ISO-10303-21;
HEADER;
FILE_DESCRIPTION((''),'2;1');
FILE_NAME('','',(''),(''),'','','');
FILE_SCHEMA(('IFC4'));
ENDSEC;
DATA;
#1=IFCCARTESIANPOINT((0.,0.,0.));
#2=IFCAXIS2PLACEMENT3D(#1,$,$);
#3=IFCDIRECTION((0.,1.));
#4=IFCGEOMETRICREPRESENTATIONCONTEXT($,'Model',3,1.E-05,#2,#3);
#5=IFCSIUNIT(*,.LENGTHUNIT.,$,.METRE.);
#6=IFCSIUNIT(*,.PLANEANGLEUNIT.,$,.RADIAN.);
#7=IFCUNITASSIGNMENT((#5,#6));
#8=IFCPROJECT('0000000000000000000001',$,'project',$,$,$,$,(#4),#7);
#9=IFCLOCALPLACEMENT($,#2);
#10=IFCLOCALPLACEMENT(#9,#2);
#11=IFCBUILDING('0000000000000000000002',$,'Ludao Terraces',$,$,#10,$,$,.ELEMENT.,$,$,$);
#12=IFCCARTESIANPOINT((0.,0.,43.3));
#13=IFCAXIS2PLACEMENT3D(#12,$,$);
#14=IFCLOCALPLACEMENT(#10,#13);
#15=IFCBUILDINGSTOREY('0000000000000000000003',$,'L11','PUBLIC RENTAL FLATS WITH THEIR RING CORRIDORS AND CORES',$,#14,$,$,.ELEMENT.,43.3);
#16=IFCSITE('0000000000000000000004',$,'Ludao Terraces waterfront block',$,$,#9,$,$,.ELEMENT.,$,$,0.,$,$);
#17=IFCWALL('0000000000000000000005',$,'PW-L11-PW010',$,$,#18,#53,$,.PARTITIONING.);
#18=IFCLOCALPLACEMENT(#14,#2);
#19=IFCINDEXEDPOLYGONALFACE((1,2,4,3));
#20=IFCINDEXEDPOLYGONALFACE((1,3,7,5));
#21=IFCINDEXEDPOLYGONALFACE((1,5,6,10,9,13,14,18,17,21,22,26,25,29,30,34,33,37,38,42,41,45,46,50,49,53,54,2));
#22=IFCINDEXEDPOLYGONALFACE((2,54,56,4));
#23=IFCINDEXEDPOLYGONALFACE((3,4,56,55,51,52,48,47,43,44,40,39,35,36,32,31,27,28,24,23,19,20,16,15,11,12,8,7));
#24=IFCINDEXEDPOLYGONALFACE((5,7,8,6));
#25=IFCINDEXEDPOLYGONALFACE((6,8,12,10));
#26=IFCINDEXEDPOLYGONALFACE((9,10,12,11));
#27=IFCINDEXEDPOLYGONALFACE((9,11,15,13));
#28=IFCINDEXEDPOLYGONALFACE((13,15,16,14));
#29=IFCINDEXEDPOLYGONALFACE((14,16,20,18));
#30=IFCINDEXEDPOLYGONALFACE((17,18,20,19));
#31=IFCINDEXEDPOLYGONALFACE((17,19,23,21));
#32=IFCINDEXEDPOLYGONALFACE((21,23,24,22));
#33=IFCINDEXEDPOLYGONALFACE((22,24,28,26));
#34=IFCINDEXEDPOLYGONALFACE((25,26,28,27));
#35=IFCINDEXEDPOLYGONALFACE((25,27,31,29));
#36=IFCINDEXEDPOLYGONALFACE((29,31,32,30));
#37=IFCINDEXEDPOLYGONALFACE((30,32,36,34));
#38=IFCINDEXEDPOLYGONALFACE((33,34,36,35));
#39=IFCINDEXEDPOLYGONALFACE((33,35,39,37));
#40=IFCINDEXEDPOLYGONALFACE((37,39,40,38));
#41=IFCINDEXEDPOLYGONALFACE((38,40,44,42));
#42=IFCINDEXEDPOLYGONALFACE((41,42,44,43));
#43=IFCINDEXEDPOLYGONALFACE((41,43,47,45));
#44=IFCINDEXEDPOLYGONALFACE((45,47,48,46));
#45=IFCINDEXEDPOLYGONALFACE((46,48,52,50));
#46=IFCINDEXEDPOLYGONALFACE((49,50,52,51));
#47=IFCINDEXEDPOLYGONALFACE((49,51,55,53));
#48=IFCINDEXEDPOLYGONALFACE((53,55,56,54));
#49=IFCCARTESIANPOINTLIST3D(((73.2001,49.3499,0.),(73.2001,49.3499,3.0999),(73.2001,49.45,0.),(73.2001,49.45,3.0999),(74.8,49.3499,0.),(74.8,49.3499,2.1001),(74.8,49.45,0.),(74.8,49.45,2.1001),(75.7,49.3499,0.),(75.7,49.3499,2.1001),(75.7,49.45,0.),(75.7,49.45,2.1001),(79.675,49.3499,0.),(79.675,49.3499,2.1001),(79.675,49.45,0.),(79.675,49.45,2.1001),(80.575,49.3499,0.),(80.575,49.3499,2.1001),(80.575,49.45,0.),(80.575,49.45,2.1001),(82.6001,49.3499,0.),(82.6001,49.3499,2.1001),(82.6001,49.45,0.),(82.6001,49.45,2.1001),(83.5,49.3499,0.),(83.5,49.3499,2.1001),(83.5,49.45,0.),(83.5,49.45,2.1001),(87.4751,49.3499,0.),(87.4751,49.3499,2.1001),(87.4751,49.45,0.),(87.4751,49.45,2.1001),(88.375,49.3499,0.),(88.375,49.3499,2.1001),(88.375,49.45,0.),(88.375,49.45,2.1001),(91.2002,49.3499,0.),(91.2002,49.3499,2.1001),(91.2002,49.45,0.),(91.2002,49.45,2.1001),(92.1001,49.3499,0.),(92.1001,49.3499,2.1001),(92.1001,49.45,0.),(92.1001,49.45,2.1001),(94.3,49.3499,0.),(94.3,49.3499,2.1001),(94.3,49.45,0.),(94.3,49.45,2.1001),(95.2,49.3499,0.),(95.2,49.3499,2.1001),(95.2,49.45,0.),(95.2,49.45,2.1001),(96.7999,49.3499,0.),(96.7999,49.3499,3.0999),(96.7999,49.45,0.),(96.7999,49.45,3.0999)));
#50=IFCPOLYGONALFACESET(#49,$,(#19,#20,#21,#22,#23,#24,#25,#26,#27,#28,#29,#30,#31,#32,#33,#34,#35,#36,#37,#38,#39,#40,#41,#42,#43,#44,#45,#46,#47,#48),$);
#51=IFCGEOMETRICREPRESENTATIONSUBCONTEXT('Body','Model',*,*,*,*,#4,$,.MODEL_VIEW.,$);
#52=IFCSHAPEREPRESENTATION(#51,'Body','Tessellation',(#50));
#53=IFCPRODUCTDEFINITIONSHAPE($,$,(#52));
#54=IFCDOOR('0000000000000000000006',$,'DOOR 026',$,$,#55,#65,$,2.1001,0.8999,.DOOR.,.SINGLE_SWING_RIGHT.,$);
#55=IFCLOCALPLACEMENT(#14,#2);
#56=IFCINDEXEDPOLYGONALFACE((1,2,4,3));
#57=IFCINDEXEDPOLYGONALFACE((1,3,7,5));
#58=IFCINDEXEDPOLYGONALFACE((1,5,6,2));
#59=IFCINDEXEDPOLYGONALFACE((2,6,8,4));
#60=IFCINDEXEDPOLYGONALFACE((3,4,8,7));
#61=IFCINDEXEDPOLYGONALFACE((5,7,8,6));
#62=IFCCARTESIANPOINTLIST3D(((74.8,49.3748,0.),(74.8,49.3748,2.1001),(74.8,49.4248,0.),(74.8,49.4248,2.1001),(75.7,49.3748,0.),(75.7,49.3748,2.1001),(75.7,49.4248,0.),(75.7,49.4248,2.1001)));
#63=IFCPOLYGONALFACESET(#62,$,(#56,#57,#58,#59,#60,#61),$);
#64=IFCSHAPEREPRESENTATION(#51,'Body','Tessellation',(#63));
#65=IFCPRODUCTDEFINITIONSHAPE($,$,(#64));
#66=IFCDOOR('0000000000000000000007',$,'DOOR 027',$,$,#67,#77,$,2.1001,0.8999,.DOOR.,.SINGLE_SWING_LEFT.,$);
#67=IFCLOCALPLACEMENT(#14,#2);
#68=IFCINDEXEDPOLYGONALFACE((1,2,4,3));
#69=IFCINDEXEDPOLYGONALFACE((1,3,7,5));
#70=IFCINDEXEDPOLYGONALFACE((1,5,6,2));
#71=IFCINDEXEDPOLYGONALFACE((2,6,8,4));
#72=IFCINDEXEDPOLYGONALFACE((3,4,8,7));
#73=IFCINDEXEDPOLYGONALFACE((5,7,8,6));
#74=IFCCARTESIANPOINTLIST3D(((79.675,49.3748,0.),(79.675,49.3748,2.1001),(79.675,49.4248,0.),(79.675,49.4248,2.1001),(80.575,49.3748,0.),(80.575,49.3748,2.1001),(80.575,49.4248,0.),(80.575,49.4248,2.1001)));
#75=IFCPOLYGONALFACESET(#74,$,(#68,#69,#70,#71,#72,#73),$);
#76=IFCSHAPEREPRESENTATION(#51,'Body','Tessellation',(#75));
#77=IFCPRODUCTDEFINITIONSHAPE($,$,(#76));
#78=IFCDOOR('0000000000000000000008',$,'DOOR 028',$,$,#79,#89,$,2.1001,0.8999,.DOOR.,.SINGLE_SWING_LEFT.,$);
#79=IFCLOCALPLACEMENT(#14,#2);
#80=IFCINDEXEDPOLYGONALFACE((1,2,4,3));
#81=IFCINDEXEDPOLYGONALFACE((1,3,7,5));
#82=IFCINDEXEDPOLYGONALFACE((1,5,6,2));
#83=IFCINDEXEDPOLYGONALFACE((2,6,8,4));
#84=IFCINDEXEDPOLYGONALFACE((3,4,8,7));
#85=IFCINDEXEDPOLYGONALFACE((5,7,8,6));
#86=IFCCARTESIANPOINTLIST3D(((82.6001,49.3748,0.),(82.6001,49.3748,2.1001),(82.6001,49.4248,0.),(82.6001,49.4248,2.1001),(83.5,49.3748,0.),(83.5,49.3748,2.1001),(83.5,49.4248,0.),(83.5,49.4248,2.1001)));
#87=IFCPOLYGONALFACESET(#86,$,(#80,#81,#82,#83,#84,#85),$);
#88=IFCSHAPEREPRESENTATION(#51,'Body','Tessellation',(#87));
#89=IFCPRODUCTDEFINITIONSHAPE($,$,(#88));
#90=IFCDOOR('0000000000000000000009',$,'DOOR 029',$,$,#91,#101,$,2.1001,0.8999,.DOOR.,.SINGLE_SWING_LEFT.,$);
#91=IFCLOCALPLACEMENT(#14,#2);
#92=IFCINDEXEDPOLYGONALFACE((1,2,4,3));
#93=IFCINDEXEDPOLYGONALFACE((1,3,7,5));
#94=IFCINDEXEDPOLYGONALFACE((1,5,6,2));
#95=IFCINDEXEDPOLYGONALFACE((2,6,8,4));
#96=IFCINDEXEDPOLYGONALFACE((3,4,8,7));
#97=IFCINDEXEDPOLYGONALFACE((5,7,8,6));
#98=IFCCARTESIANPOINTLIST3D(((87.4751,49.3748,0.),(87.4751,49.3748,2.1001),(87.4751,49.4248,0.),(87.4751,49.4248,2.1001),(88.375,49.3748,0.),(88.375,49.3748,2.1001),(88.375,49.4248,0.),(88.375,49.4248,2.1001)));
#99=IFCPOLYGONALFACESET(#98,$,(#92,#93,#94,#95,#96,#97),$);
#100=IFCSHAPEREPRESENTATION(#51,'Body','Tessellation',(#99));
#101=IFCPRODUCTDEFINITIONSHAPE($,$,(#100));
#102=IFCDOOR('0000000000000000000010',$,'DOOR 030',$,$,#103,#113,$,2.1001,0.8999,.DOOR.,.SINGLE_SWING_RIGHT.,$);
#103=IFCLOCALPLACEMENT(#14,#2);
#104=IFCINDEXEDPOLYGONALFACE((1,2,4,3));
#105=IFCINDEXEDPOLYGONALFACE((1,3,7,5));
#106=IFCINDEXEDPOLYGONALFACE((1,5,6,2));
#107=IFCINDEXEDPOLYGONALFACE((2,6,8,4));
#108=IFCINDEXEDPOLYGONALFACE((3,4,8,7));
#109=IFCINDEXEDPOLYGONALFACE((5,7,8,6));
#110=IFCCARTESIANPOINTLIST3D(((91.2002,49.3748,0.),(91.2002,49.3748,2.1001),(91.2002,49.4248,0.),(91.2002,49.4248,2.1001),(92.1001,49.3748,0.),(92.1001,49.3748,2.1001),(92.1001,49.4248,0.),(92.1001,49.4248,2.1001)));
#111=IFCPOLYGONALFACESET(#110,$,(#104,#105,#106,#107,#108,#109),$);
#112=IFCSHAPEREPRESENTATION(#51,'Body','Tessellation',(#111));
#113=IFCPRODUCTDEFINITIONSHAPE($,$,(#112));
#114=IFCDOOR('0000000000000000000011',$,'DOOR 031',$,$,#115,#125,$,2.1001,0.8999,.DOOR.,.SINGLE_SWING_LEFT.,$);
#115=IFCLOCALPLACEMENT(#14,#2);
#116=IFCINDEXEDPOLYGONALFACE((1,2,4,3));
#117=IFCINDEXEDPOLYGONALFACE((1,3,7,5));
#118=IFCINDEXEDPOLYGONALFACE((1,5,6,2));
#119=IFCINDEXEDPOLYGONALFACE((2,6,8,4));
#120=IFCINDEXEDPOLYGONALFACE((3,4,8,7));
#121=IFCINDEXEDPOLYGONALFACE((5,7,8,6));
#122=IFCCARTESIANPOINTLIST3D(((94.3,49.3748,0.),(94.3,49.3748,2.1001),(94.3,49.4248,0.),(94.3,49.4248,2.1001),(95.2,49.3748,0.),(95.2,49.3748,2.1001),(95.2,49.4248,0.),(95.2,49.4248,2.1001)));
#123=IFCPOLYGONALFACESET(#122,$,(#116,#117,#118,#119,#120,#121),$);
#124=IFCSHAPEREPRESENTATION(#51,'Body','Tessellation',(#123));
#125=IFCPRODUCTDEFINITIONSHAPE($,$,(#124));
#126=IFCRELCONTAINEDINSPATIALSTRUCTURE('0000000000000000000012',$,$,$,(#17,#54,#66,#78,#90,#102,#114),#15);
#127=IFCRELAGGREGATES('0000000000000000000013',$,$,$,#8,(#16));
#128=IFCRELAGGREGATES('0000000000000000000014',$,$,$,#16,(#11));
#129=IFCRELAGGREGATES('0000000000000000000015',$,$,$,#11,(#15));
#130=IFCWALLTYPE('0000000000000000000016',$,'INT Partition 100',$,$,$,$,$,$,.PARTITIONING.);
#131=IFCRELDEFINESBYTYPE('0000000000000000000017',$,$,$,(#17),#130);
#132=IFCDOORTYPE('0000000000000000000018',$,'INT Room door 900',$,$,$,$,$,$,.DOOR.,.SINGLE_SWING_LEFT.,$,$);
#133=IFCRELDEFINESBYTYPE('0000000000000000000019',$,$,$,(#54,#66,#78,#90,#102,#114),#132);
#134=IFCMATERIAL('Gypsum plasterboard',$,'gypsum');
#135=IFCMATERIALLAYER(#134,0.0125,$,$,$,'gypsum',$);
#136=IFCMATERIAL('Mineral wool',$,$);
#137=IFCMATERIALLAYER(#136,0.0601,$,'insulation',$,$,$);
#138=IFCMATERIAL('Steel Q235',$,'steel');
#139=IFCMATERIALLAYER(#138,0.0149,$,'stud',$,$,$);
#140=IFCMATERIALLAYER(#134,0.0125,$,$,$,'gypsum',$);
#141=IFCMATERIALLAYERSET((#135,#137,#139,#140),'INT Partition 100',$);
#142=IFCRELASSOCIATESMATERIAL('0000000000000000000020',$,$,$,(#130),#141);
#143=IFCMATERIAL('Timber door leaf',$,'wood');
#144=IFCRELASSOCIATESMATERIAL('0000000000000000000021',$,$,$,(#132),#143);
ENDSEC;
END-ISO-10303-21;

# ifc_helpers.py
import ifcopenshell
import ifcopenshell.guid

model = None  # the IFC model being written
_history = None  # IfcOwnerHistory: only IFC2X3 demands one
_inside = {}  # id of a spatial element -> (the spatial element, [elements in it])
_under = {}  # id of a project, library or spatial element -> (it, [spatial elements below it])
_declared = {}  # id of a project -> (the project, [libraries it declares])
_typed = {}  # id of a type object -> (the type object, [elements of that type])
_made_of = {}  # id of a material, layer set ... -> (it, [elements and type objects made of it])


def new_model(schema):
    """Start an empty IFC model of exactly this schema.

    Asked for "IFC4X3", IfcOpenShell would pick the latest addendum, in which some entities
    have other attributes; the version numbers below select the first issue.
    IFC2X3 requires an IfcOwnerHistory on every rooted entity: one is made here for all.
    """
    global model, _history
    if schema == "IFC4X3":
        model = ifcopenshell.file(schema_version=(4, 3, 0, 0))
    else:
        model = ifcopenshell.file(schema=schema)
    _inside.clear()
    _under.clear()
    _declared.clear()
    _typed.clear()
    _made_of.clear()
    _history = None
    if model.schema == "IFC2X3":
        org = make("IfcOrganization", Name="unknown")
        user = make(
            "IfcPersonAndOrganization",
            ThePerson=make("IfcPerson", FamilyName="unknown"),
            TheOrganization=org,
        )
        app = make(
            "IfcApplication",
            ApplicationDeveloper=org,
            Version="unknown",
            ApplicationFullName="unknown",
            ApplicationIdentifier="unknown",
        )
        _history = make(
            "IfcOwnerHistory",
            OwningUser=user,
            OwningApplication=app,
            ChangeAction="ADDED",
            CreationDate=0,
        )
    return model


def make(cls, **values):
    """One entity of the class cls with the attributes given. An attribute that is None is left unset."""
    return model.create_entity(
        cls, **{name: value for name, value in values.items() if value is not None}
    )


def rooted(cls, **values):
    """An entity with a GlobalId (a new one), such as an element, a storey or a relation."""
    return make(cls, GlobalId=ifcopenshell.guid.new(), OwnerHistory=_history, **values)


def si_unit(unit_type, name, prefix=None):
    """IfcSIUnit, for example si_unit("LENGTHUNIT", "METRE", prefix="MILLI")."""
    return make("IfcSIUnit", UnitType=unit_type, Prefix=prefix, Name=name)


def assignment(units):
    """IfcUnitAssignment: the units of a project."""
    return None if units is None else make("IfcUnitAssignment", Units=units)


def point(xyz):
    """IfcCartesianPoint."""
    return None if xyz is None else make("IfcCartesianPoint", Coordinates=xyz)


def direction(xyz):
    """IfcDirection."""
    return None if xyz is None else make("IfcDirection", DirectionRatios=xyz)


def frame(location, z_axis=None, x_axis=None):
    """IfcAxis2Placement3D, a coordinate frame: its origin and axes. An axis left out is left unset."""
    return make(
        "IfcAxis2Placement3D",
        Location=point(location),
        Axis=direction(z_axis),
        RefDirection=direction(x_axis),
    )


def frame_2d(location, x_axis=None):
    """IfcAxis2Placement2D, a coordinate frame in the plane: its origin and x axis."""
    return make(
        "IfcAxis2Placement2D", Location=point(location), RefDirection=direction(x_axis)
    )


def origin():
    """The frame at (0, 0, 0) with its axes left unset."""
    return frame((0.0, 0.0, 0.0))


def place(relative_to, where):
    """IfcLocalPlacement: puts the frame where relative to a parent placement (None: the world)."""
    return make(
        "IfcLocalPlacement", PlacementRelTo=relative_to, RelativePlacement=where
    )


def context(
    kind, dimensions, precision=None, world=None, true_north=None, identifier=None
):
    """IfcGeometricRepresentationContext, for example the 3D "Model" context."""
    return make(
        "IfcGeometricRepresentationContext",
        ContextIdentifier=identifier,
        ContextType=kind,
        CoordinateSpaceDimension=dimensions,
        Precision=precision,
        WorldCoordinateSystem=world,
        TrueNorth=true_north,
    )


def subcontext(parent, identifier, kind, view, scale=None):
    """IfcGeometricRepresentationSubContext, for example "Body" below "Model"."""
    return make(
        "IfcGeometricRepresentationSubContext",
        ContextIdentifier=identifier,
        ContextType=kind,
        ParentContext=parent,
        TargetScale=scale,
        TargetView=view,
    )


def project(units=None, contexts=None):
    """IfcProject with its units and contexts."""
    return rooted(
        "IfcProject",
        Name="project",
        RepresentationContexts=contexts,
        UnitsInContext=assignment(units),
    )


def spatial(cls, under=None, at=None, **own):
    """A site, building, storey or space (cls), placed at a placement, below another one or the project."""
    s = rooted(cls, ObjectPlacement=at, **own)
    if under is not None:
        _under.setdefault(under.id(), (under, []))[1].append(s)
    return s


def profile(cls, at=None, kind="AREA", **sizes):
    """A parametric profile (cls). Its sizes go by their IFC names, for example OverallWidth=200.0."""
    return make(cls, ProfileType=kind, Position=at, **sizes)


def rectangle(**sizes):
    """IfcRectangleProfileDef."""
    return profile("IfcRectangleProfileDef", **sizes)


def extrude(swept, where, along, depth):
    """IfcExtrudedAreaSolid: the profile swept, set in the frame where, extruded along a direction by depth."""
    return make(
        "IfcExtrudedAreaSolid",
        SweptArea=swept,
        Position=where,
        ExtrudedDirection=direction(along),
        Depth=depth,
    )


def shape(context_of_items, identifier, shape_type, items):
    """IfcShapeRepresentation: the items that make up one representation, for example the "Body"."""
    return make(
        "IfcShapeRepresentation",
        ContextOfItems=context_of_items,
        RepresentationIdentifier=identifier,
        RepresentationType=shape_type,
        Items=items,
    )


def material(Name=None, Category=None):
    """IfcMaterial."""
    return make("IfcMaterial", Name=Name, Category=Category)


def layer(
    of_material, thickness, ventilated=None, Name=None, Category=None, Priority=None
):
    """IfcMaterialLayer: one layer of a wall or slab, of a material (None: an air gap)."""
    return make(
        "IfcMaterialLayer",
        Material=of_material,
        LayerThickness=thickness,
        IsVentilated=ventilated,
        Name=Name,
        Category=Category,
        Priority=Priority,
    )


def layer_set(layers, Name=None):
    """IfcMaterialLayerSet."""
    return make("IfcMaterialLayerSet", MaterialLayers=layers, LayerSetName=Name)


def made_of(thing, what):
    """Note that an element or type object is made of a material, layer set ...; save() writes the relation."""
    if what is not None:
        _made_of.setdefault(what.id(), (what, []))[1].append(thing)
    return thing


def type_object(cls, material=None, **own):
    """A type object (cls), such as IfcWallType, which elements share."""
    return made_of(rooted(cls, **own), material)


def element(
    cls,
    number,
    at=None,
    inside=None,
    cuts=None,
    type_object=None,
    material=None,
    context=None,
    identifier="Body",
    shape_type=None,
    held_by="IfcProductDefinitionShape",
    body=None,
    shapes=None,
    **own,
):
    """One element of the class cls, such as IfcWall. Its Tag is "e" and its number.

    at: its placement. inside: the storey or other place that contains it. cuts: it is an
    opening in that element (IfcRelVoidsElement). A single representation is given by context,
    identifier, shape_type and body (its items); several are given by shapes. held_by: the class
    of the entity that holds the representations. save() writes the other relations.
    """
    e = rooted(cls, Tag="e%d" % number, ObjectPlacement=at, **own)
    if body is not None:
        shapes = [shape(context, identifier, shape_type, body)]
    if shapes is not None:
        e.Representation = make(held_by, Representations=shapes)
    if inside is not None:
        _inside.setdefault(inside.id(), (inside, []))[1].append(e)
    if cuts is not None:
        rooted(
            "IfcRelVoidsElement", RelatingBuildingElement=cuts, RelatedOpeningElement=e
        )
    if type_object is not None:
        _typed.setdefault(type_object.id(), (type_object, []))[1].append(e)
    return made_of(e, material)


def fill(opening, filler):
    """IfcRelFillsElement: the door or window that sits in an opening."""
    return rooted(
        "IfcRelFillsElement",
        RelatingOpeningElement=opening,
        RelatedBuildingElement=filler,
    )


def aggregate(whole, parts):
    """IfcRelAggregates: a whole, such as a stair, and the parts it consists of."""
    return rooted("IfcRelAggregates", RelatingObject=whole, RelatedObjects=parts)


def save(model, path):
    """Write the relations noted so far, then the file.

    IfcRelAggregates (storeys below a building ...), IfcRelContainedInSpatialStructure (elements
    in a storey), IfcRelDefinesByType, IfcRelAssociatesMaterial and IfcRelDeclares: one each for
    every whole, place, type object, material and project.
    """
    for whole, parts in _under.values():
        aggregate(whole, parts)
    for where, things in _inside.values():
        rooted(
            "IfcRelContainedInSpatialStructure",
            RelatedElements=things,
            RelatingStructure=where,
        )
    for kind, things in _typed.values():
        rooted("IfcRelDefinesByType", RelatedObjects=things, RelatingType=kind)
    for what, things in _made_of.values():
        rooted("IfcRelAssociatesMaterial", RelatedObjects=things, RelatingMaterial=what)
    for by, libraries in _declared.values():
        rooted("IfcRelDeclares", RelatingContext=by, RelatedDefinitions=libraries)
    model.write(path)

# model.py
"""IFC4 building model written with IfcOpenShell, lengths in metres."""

from ifc_helpers import new_model, si_unit, direction, frame, frame_2d, origin, place, context, subcontext, project, spatial, rectangle, extrude, material, layer, layer_set, type_object, element, fill, save


model = new_model("IFC4")

# Units and contexts
model_context = context("Model", 3, precision=1e-05, world=origin(), true_north=direction((0.0, 1.0)))
body_context = subcontext(model_context, "Body", "Model", "MODEL_VIEW")
ifc_project = project(units=[si_unit("LENGTHUNIT", "METRE"), si_unit("PLANEANGLEUNIT", "RADIAN")], contexts=[model_context])

# Site, building, storey
site_placement = place(None, origin())
site = spatial("IfcSite", under=ifc_project, at=site_placement, Name="Ludao Terraces waterfront block", CompositionType="ELEMENT", RefElevation=0.0)
building_placement = place(site_placement, origin())
building = spatial("IfcBuilding", under=site, at=building_placement, Name="Ludao Terraces", CompositionType="ELEMENT")
storey_placement = place(building_placement, frame((0.0, 0.0, 43.3)))
storey = spatial("IfcBuildingStorey", under=building, at=storey_placement, Name="L11", Description="PUBLIC RENTAL FLATS WITH THEIR RING CORRIDORS AND CORES", CompositionType="ELEMENT", Elevation=43.3)

# Shared definitions
ifc_material_1 = material(Name="Gypsum plasterboard", Category="gypsum")
ifc_layer_1 = layer(ifc_material_1, 0.0125, Category="gypsum")
ifc_material_2 = material(Name="Mineral wool")
ifc_layer_2 = layer(ifc_material_2, 0.0601, Name="insulation")
ifc_material_3 = material(Name="Steel Q235", Category="steel")
ifc_layer_3 = layer(ifc_material_3, 0.0149, Name="stud")
ifc_layer_4 = layer(ifc_material_1, 0.0125, Category="gypsum")
ifc_layer_set_1 = layer_set([ifc_layer_1, ifc_layer_2, ifc_layer_3, ifc_layer_4], Name="INT Partition 100")
wall_type_1 = type_object("IfcWallType", Name="INT Partition 100", PredefinedType="PARTITIONING", material=ifc_layer_set_1)
ifc_material_4 = material(Name="Timber door leaf", Category="wood")
door_type_1 = type_object("IfcDoorType", Name="INT Room door 900", OperationType="SINGLE_SWING_LEFT", PredefinedType="DOOR", material=ifc_material_4)

# Wall, openings, doors
wall_1_placement = place(storey_placement, frame((73.2002, 49.3999, 0.0), z_axis=(0.0, 0.0, 1.0), x_axis=(1.0, 0.0, 0.0)))
wall_1 = element("IfcWall", 1, at=wall_1_placement, inside=storey, type_object=wall_type_1, Name="PW-L11-PW010", PredefinedType="PARTITIONING", context=body_context, shape_type="SweptSolid", body=[
    extrude(rectangle(XDim=23.5999, YDim=0.1001, at=frame_2d((11.7998, 0.0))), origin(), (0.0, 0.0, 1.0), 3.0999),
])
opening_1_placement = place(wall_1_placement, frame((1.5999, 0.0, 0.0)))
opening_1 = element("IfcOpeningElement", 2, at=opening_1_placement, cuts=wall_1, PredefinedType="OPENING", context=body_context, shape_type="SweptSolid", body=[
    extrude(rectangle(XDim=0.8999, YDim=2.1001, at=frame_2d((0.45, 1.05))), frame((0.0, 0.0601, 0.0), z_axis=(0.0, -1.0, 0.0), x_axis=(1.0, 0.0, 0.0)), (0.0, 0.0, 1.0), 0.1201),
])
opening_2_placement = place(wall_1_placement, frame((6.4749, 0.0, 0.0)))
opening_2 = element("IfcOpeningElement", 3, at=opening_2_placement, cuts=wall_1, PredefinedType="OPENING", context=body_context, shape_type="SweptSolid", body=[
    extrude(rectangle(XDim=0.8999, YDim=2.1001, at=frame_2d((0.45, 1.05))), frame((0.0, 0.0601, 0.0), z_axis=(0.0, -1.0, 0.0), x_axis=(1.0, 0.0, 0.0)), (0.0, 0.0, 1.0), 0.1201),
])
opening_3_placement = place(wall_1_placement, frame((9.3999, 0.0, 0.0)))
opening_3 = element("IfcOpeningElement", 4, at=opening_3_placement, cuts=wall_1, PredefinedType="OPENING", context=body_context, shape_type="SweptSolid", body=[
    extrude(rectangle(XDim=0.8999, YDim=2.1001, at=frame_2d((0.45, 1.05))), frame((0.0, 0.0601, 0.0), z_axis=(0.0, -1.0, 0.0), x_axis=(1.0, 0.0, 0.0)), (0.0, 0.0, 1.0), 0.1201),
])
opening_4_placement = place(wall_1_placement, frame((14.2749, 0.0, 0.0)))
opening_4 = element("IfcOpeningElement", 5, at=opening_4_placement, cuts=wall_1, PredefinedType="OPENING", context=body_context, shape_type="SweptSolid", body=[
    extrude(rectangle(XDim=0.8999, YDim=2.1001, at=frame_2d((0.45, 1.05))), frame((0.0, 0.0601, 0.0), z_axis=(0.0, -1.0, 0.0), x_axis=(1.0, 0.0, 0.0)), (0.0, 0.0, 1.0), 0.1201),
])
opening_5_placement = place(wall_1_placement, frame((18.0, 0.0, 0.0)))
opening_5 = element("IfcOpeningElement", 6, at=opening_5_placement, cuts=wall_1, PredefinedType="OPENING", context=body_context, shape_type="SweptSolid", body=[
    extrude(rectangle(XDim=0.8999, YDim=2.1001, at=frame_2d((0.45, 1.05))), frame((0.0, 0.0601, 0.0), z_axis=(0.0, -1.0, 0.0), x_axis=(1.0, 0.0, 0.0)), (0.0, 0.0, 1.0), 0.1201),
])
opening_6_placement = place(wall_1_placement, frame((21.0999, 0.0, 0.0)))
opening_6 = element("IfcOpeningElement", 7, at=opening_6_placement, cuts=wall_1, PredefinedType="OPENING", context=body_context, shape_type="SweptSolid", body=[
    extrude(rectangle(XDim=0.8999, YDim=2.1001, at=frame_2d((0.45, 1.05))), frame((0.0, 0.0601, 0.0), z_axis=(0.0, -1.0, 0.0), x_axis=(1.0, 0.0, 0.0)), (0.0, 0.0, 1.0), 0.1201),
])
door_1_placement = place(opening_1_placement, origin())
door_1 = element("IfcDoor", 8, at=door_1_placement, inside=storey, type_object=door_type_1, Name="DOOR 026", OperationType="SINGLE_SWING_RIGHT", OverallHeight=2.1001, OverallWidth=0.8999, PredefinedType="DOOR", context=body_context, shape_type="SweptSolid", body=[
    extrude(rectangle(XDim=0.8999, YDim=2.1001, at=frame_2d((0.45, 1.05))), frame((0.0, 0.0249, 0.0), z_axis=(0.0, -1.0, 0.0), x_axis=(1.0, 0.0, 0.0)), (0.0, 0.0, 1.0), 0.05),
])
fill(opening_1, door_1)
door_2_placement = place(opening_2_placement, origin())
door_2 = element("IfcDoor", 9, at=door_2_placement, inside=storey, type_object=door_type_1, Name="DOOR 027", OperationType="SINGLE_SWING_LEFT", OverallHeight=2.1001, OverallWidth=0.8999, PredefinedType="DOOR", context=body_context, shape_type="SweptSolid", body=[
    extrude(rectangle(XDim=0.8999, YDim=2.1001, at=frame_2d((0.45, 1.05))), frame((0.0, 0.0249, 0.0), z_axis=(0.0, -1.0, 0.0), x_axis=(1.0, 0.0, 0.0)), (0.0, 0.0, 1.0), 0.05),
])
fill(opening_2, door_2)
door_3_placement = place(opening_3_placement, origin())
door_3 = element("IfcDoor", 10, at=door_3_placement, inside=storey, type_object=door_type_1, Name="DOOR 028", OperationType="SINGLE_SWING_LEFT", OverallHeight=2.1001, OverallWidth=0.8999, PredefinedType="DOOR", context=body_context, shape_type="SweptSolid", body=[
    extrude(rectangle(XDim=0.8999, YDim=2.1001, at=frame_2d((0.45, 1.05))), frame((0.0, 0.0249, 0.0), z_axis=(0.0, -1.0, 0.0), x_axis=(1.0, 0.0, 0.0)), (0.0, 0.0, 1.0), 0.05),
])
fill(opening_3, door_3)
door_4_placement = place(opening_4_placement, origin())
door_4 = element("IfcDoor", 11, at=door_4_placement, inside=storey, type_object=door_type_1, Name="DOOR 029", OperationType="SINGLE_SWING_LEFT", OverallHeight=2.1001, OverallWidth=0.8999, PredefinedType="DOOR", context=body_context, shape_type="SweptSolid", body=[
    extrude(rectangle(XDim=0.8999, YDim=2.1001, at=frame_2d((0.45, 1.05))), frame((0.0, 0.0249, 0.0), z_axis=(0.0, -1.0, 0.0), x_axis=(1.0, 0.0, 0.0)), (0.0, 0.0, 1.0), 0.05),
])
fill(opening_4, door_4)
door_5_placement = place(opening_5_placement, origin())
door_5 = element("IfcDoor", 12, at=door_5_placement, inside=storey, type_object=door_type_1, Name="DOOR 030", OperationType="SINGLE_SWING_RIGHT", OverallHeight=2.1001, OverallWidth=0.8999, PredefinedType="DOOR", context=body_context, shape_type="SweptSolid", body=[
    extrude(rectangle(XDim=0.8999, YDim=2.1001, at=frame_2d((0.45, 1.05))), frame((0.0, 0.0249, 0.0), z_axis=(0.0, -1.0, 0.0), x_axis=(1.0, 0.0, 0.0)), (0.0, 0.0, 1.0), 0.05),
])
fill(opening_5, door_5)
door_6_placement = place(opening_6_placement, origin())
door_6 = element("IfcDoor", 13, at=door_6_placement, inside=storey, type_object=door_type_1, Name="DOOR 031", OperationType="SINGLE_SWING_LEFT", OverallHeight=2.1001, OverallWidth=0.8999, PredefinedType="DOOR", context=body_context, shape_type="SweptSolid", body=[
    extrude(rectangle(XDim=0.8999, YDim=2.1001, at=frame_2d((0.45, 1.05))), frame((0.0, 0.0249, 0.0), z_axis=(0.0, -1.0, 0.0), x_axis=(1.0, 0.0, 0.0)), (0.0, 0.0, 1.0), 0.05),
])
fill(opening_6, door_6)

save(model, "model.ifc")
